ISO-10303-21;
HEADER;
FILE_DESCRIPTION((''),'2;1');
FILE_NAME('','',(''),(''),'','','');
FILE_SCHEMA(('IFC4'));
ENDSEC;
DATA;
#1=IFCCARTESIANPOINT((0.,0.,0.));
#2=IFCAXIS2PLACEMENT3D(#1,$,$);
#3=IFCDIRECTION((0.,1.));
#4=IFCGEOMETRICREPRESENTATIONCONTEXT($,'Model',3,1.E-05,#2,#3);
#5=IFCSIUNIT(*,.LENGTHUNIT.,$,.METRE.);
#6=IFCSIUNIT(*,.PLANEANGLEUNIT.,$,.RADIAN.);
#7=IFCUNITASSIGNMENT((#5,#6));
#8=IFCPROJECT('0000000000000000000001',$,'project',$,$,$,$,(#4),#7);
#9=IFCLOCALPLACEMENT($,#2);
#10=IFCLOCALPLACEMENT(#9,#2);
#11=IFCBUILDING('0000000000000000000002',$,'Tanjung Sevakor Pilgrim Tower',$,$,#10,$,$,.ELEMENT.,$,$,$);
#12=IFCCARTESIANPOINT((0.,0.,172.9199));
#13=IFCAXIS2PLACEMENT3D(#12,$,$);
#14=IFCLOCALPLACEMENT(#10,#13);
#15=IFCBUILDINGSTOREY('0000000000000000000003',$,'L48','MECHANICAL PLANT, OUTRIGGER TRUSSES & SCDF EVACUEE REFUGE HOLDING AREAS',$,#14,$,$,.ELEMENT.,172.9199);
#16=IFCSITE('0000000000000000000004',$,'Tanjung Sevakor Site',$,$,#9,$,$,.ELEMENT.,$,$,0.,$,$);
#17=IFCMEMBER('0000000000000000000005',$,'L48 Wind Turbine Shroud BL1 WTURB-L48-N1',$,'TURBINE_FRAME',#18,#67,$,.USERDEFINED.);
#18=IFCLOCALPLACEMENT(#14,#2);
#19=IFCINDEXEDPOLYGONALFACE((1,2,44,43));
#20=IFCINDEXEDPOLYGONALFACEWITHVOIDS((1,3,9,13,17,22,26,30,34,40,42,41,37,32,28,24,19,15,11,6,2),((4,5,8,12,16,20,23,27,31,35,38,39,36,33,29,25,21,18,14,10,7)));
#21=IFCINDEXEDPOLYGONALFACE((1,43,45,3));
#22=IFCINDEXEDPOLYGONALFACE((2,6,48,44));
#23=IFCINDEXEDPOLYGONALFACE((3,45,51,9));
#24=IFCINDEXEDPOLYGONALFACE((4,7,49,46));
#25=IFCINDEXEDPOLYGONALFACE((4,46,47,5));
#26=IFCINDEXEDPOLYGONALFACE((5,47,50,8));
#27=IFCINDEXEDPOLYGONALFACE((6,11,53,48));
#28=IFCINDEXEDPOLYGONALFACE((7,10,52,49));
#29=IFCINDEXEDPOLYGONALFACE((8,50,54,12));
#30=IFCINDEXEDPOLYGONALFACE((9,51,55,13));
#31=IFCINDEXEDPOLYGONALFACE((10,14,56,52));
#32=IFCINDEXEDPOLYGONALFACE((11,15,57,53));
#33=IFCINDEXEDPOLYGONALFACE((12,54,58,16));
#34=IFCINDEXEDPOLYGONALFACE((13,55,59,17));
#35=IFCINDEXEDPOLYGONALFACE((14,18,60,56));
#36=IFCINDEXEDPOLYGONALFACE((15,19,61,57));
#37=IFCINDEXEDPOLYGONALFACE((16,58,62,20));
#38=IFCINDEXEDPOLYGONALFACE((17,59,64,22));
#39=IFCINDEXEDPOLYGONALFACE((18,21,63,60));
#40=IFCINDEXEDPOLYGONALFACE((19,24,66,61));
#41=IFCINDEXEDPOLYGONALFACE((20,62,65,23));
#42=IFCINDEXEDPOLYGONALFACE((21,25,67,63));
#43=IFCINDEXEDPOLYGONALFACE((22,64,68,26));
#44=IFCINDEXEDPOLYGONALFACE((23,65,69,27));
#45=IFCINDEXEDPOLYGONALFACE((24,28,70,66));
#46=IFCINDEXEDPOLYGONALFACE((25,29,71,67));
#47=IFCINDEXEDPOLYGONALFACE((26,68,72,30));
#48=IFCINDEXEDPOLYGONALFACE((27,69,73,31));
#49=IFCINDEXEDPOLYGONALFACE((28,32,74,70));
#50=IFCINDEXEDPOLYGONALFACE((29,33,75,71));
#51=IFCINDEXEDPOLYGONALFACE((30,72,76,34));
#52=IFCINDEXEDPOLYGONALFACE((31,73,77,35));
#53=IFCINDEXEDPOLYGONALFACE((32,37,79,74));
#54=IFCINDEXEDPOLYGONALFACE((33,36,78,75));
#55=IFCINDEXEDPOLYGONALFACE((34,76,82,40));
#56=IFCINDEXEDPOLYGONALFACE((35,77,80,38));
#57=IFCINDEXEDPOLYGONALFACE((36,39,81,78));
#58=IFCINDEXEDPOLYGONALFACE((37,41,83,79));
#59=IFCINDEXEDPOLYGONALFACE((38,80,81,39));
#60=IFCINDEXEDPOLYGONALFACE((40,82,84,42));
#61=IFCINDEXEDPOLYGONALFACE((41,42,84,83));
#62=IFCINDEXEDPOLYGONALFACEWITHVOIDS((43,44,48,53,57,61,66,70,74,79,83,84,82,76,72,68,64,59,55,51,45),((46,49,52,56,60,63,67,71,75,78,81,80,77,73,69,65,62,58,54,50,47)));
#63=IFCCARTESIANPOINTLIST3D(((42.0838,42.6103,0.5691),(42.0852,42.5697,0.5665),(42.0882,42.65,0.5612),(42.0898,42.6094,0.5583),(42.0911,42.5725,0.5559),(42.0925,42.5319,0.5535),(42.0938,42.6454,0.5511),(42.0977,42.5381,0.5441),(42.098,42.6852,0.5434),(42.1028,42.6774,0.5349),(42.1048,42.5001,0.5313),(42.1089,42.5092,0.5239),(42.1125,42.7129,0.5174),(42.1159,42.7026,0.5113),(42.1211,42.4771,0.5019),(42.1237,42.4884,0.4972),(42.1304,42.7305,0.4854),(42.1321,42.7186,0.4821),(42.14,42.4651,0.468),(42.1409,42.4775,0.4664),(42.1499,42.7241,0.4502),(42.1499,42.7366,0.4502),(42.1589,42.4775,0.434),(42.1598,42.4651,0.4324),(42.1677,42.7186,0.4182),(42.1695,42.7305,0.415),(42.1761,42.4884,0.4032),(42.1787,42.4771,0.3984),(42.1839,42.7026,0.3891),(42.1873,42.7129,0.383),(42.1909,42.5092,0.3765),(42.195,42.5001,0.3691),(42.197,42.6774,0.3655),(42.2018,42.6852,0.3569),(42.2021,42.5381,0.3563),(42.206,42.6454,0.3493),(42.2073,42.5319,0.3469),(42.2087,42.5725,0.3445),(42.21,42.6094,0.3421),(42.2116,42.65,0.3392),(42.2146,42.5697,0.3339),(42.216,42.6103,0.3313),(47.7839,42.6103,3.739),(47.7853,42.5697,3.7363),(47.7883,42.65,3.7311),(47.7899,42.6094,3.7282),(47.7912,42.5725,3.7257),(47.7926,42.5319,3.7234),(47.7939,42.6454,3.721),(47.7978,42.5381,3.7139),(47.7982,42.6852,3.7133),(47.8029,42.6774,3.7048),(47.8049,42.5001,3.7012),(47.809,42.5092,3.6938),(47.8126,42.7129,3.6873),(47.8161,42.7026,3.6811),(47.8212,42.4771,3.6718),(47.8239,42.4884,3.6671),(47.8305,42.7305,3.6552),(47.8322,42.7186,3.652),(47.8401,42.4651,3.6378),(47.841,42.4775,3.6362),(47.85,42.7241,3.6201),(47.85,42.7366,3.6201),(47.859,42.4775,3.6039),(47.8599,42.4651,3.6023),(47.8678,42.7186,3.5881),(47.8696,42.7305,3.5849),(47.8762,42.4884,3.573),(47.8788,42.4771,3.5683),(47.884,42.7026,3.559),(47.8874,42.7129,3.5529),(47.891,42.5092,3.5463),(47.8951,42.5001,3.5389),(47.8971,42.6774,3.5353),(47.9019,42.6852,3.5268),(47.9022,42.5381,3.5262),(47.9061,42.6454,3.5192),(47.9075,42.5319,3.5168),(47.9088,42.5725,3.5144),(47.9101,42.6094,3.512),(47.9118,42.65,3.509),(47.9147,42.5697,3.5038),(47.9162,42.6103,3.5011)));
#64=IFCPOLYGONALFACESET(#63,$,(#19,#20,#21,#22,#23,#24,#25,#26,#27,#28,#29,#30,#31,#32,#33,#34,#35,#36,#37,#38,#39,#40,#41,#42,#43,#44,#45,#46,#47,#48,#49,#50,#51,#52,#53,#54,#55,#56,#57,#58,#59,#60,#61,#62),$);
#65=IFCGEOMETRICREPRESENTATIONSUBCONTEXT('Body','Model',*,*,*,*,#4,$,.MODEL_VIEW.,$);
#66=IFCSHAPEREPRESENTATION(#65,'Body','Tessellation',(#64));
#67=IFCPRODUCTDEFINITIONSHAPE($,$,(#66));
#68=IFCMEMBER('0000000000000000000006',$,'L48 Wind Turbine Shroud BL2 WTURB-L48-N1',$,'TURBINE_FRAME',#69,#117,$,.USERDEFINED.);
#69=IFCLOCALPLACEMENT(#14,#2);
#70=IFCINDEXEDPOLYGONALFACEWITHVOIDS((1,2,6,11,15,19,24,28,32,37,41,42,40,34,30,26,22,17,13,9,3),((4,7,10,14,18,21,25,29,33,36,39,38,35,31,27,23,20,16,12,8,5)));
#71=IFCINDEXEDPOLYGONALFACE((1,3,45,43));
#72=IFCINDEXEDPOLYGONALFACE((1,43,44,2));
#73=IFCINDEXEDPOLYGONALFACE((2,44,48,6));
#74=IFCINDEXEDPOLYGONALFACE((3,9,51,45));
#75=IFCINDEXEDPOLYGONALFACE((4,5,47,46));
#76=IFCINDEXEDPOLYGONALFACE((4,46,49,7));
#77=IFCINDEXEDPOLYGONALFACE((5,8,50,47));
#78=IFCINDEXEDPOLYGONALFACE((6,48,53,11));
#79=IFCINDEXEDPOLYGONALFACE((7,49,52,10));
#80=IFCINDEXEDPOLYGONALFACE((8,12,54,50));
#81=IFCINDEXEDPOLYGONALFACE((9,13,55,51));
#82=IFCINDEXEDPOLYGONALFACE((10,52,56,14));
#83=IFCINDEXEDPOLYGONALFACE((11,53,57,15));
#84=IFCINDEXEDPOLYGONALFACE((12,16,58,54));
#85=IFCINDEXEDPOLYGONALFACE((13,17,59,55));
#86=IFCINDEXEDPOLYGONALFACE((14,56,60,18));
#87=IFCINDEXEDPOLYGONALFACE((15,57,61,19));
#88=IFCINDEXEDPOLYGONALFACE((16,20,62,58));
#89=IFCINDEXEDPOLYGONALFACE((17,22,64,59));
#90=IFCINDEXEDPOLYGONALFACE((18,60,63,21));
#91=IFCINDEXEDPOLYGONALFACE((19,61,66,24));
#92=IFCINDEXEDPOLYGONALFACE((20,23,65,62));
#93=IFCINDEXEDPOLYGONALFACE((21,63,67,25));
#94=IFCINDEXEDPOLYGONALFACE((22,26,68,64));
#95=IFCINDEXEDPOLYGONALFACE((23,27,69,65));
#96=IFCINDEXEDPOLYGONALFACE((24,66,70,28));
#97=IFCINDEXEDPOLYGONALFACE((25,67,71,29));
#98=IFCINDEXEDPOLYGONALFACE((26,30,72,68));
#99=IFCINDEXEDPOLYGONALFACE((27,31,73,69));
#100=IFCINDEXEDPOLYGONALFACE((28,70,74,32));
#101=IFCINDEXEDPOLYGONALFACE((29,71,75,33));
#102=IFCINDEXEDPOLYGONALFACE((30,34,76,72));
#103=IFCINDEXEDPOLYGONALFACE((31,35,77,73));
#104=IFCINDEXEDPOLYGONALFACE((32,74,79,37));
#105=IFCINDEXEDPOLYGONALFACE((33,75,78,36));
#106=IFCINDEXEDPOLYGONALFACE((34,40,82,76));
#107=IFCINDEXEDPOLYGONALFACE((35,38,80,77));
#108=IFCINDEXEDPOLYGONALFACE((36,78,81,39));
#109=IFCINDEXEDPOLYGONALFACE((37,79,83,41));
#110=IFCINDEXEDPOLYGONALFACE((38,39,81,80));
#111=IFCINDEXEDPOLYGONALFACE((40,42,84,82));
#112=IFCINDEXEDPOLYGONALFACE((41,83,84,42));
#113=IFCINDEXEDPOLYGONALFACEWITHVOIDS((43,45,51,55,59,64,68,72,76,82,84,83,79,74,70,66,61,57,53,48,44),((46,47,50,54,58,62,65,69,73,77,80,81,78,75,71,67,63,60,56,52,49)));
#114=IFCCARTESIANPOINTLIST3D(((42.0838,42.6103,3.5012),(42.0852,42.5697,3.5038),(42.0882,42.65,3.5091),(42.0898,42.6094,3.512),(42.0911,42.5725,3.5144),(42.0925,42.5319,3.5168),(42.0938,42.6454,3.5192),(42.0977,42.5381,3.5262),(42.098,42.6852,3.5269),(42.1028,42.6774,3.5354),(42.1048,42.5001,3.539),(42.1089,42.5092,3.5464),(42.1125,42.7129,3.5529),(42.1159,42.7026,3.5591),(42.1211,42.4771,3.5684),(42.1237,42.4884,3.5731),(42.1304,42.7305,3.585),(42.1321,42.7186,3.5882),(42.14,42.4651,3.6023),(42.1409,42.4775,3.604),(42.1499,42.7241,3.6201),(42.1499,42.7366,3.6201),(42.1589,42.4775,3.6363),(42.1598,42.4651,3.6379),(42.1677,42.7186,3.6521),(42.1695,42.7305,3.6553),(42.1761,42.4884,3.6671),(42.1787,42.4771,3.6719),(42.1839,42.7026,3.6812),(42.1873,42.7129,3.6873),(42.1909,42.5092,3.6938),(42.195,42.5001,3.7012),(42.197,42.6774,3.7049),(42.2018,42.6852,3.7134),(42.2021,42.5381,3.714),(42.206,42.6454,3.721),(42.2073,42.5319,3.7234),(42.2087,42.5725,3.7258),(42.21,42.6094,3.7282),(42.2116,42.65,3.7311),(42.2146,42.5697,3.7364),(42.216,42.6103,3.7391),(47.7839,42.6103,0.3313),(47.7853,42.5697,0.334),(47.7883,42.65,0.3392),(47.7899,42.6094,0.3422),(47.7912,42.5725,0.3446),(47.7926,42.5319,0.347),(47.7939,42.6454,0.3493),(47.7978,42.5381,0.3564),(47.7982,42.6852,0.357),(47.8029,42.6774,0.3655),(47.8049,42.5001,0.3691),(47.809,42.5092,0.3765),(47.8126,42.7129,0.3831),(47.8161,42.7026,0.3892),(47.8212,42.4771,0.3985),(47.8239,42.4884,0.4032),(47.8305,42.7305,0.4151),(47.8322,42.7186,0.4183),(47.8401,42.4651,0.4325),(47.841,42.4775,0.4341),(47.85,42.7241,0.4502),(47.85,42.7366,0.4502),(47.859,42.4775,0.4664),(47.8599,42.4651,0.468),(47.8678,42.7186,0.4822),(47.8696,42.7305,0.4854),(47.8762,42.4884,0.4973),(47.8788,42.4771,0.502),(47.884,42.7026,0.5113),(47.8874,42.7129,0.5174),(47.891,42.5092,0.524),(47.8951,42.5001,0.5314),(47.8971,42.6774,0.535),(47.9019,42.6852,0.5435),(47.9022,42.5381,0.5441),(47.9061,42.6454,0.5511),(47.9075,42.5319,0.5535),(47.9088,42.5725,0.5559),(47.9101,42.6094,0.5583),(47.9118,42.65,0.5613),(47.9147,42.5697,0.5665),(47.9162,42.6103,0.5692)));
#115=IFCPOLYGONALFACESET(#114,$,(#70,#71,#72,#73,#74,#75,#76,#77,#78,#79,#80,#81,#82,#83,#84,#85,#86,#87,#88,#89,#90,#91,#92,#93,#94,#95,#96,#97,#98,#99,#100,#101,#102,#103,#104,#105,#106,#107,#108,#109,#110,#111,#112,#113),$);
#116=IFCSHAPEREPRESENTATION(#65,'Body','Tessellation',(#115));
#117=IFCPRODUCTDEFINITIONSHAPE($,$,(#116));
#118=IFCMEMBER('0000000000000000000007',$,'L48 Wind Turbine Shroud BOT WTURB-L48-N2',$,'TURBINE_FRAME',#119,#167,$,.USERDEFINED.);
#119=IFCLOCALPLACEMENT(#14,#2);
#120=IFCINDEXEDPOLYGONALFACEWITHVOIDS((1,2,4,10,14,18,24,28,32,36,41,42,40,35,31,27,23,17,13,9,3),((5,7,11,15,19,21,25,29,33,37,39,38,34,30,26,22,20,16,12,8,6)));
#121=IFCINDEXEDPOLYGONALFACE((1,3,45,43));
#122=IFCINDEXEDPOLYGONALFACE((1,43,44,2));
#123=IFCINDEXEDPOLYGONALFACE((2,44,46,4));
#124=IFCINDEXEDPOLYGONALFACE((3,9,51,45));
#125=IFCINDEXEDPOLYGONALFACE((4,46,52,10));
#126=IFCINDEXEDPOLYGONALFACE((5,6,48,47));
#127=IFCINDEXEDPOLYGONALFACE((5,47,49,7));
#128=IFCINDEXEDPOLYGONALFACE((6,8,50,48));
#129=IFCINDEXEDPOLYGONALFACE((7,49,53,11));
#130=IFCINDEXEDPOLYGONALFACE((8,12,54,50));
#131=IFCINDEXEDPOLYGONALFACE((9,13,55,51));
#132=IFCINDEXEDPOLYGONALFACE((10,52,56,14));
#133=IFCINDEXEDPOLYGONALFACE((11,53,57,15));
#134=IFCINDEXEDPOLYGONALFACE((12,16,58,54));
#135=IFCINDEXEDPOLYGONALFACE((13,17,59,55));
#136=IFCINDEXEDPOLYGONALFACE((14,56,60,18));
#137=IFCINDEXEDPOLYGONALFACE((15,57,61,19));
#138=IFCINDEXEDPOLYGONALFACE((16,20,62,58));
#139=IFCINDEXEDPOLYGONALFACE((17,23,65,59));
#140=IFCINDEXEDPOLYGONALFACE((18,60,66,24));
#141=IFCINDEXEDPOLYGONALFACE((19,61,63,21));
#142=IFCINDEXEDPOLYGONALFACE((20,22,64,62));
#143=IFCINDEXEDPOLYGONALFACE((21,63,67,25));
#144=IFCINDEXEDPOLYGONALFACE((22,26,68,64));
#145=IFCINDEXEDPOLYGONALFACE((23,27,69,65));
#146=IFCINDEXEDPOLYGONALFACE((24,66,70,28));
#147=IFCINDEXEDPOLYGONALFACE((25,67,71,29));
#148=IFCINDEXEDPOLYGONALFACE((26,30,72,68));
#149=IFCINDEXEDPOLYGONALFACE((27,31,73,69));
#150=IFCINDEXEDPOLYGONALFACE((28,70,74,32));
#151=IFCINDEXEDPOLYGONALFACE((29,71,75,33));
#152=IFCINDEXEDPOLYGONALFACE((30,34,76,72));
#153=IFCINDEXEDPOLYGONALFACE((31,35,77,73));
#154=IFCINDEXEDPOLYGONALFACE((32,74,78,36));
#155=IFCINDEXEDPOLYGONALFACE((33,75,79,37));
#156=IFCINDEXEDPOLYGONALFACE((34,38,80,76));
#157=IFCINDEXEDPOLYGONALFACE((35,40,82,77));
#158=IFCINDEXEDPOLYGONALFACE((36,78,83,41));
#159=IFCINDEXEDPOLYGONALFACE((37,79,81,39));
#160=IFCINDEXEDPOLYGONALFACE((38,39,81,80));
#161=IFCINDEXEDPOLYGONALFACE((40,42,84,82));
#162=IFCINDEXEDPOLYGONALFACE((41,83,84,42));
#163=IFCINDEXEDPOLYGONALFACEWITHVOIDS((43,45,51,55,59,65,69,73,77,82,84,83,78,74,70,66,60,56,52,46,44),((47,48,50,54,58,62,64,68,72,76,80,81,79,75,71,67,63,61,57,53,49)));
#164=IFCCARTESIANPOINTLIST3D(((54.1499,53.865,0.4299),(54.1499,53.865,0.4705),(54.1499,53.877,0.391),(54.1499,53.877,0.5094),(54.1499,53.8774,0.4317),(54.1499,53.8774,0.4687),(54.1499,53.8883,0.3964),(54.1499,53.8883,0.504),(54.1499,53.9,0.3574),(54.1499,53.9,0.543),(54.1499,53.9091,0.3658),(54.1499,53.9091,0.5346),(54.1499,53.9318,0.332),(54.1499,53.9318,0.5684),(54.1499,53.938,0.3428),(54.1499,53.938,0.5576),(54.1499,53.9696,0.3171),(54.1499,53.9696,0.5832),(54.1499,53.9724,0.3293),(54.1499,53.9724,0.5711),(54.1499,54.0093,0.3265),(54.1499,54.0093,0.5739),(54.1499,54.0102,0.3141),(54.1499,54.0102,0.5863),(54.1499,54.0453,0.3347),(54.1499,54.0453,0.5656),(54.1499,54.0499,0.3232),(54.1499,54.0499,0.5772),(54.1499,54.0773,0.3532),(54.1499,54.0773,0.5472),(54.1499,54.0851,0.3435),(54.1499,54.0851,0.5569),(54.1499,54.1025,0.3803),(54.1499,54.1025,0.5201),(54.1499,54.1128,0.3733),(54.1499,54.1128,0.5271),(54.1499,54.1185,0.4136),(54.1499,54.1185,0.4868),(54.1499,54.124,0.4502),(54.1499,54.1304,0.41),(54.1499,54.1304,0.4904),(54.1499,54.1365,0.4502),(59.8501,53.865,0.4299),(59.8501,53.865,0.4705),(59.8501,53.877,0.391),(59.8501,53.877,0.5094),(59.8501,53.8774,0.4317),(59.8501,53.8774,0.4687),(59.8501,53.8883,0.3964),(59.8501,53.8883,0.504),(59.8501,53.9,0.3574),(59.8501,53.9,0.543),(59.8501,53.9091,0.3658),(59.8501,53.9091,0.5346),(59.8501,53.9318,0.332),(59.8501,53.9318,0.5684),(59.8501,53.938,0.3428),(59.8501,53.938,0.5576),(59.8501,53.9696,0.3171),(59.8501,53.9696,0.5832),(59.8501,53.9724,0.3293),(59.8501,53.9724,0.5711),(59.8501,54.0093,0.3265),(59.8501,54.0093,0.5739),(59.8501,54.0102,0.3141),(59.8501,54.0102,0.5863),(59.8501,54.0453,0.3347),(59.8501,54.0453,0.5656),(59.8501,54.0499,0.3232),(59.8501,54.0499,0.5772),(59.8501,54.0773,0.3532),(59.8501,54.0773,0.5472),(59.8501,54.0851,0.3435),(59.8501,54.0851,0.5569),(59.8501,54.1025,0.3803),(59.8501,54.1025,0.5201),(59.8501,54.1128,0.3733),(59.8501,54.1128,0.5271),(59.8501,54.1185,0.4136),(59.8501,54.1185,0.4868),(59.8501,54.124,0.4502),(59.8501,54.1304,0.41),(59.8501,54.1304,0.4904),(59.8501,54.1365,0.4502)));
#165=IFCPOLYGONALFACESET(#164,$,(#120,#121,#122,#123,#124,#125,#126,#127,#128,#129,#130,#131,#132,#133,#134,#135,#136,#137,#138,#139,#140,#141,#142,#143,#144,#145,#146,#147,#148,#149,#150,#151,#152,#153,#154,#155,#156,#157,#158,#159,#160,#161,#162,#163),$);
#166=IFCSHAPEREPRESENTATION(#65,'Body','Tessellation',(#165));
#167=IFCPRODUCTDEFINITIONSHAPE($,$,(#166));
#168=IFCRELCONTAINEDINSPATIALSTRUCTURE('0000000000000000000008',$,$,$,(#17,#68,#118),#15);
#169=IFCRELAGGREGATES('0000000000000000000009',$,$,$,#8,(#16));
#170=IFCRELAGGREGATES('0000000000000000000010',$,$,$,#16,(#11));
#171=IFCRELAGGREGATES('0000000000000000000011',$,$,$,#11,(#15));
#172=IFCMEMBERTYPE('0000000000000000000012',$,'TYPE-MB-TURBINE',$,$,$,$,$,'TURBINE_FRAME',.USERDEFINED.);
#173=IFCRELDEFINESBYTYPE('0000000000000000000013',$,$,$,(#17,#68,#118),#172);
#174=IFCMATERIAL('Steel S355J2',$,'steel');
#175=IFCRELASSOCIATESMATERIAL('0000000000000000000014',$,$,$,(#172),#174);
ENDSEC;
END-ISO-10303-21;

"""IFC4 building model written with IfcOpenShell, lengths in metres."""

from ifc_helpers import new_model, si_unit, direction, frame, origin, origin_2d, place, context, subcontext, project, spatial, hollow_circle, extrude, material, material_profile, profile_set, type_object, element, save


model = new_model("IFC4")

# Units and contexts
model_context = context("Model", 3, precision=1e-05, world=origin(), true_north=direction((0.0, 1.0)))
body_context = subcontext(model_context, "Body", "Model", "MODEL_VIEW")
ifc_project = project(units=[si_unit("LENGTHUNIT", "METRE"), si_unit("PLANEANGLEUNIT", "RADIAN")], contexts=[model_context])

# Site, building, storey
site_placement = place(None, origin())
site = spatial("IfcSite", under=ifc_project, at=site_placement, Name="Tanjung Sevakor Site", CompositionType="ELEMENT", RefElevation=0.0)
building_placement = place(site_placement, origin())
building = spatial("IfcBuilding", under=site, at=building_placement, Name="Tanjung Sevakor Pilgrim Tower", CompositionType="ELEMENT")
storey_placement = place(building_placement, frame((0.0, 0.0, 172.9199)))
storey = spatial("IfcBuildingStorey", under=building, at=storey_placement, Name="L48", Description="MECHANICAL PLANT, OUTRIGGER TRUSSES & SCDF EVACUEE REFUGE HOLDING AREAS", CompositionType="ELEMENT", Elevation=172.9199)

# Members
ifc_material_1 = material(Name="Steel S355J2", Category="steel")
ifc_material_profile_1 = material_profile(ifc_material_1, hollow_circle(Radius=0.1365, WallThickness=0.0125, at=origin_2d()))
ifc_profile_set_1 = profile_set([ifc_material_profile_1], Name="Steel S355J2")
member_type = type_object("IfcMemberType", Name="TYPE-MB-TURBINE", ElementType="TURBINE_FRAME", PredefinedType="USERDEFINED", material=ifc_profile_set_1)
for number, where, z_axis, x_axis, name in (
    (1, (42.1499, 42.6001, 0.4502), (0.873952, 0.0, 0.486012), (0.0, 1.0, 0.0), "L48 Wind Turbine Shroud BL1 WTURB-L48-N1"),
    (2, (42.1499, 42.6001, 3.6201), (0.873952, 0.0, -0.486012), (0.0, 1.0, 0.0), "L48 Wind Turbine Shroud BL2 WTURB-L48-N1"),
):
    element("IfcMember", number, at=place(storey_placement, frame(where, z_axis=z_axis, x_axis=x_axis)), inside=storey, type_object=member_type, Name=name, ObjectType="TURBINE_FRAME", PredefinedType="USERDEFINED", context=body_context, shape_type="SweptSolid", body=[
        extrude(hollow_circle(Radius=0.1365, WallThickness=0.0125, at=origin_2d()), origin(), (0.0, 0.0, 1.0), 6.5222),
    ])
for number, where, z_axis, x_axis, name in (
    (3, (54.1499, 54.0, 0.4502), (1.0, 0.0, 0.0), (0.0, 1.0, 0.0), "L48 Wind Turbine Shroud BOT WTURB-L48-N2"),
):
    element("IfcMember", number, at=place(storey_placement, frame(where, z_axis=z_axis, x_axis=x_axis)), inside=storey, type_object=member_type, Name=name, ObjectType="TURBINE_FRAME", PredefinedType="USERDEFINED", context=body_context, shape_type="SweptSolid", body=[
        extrude(hollow_circle(Radius=0.1365, WallThickness=0.0125, at=origin_2d()), origin(), (0.0, 0.0, 1.0), 5.7002),
    ])

save(model, "model.ifc")
